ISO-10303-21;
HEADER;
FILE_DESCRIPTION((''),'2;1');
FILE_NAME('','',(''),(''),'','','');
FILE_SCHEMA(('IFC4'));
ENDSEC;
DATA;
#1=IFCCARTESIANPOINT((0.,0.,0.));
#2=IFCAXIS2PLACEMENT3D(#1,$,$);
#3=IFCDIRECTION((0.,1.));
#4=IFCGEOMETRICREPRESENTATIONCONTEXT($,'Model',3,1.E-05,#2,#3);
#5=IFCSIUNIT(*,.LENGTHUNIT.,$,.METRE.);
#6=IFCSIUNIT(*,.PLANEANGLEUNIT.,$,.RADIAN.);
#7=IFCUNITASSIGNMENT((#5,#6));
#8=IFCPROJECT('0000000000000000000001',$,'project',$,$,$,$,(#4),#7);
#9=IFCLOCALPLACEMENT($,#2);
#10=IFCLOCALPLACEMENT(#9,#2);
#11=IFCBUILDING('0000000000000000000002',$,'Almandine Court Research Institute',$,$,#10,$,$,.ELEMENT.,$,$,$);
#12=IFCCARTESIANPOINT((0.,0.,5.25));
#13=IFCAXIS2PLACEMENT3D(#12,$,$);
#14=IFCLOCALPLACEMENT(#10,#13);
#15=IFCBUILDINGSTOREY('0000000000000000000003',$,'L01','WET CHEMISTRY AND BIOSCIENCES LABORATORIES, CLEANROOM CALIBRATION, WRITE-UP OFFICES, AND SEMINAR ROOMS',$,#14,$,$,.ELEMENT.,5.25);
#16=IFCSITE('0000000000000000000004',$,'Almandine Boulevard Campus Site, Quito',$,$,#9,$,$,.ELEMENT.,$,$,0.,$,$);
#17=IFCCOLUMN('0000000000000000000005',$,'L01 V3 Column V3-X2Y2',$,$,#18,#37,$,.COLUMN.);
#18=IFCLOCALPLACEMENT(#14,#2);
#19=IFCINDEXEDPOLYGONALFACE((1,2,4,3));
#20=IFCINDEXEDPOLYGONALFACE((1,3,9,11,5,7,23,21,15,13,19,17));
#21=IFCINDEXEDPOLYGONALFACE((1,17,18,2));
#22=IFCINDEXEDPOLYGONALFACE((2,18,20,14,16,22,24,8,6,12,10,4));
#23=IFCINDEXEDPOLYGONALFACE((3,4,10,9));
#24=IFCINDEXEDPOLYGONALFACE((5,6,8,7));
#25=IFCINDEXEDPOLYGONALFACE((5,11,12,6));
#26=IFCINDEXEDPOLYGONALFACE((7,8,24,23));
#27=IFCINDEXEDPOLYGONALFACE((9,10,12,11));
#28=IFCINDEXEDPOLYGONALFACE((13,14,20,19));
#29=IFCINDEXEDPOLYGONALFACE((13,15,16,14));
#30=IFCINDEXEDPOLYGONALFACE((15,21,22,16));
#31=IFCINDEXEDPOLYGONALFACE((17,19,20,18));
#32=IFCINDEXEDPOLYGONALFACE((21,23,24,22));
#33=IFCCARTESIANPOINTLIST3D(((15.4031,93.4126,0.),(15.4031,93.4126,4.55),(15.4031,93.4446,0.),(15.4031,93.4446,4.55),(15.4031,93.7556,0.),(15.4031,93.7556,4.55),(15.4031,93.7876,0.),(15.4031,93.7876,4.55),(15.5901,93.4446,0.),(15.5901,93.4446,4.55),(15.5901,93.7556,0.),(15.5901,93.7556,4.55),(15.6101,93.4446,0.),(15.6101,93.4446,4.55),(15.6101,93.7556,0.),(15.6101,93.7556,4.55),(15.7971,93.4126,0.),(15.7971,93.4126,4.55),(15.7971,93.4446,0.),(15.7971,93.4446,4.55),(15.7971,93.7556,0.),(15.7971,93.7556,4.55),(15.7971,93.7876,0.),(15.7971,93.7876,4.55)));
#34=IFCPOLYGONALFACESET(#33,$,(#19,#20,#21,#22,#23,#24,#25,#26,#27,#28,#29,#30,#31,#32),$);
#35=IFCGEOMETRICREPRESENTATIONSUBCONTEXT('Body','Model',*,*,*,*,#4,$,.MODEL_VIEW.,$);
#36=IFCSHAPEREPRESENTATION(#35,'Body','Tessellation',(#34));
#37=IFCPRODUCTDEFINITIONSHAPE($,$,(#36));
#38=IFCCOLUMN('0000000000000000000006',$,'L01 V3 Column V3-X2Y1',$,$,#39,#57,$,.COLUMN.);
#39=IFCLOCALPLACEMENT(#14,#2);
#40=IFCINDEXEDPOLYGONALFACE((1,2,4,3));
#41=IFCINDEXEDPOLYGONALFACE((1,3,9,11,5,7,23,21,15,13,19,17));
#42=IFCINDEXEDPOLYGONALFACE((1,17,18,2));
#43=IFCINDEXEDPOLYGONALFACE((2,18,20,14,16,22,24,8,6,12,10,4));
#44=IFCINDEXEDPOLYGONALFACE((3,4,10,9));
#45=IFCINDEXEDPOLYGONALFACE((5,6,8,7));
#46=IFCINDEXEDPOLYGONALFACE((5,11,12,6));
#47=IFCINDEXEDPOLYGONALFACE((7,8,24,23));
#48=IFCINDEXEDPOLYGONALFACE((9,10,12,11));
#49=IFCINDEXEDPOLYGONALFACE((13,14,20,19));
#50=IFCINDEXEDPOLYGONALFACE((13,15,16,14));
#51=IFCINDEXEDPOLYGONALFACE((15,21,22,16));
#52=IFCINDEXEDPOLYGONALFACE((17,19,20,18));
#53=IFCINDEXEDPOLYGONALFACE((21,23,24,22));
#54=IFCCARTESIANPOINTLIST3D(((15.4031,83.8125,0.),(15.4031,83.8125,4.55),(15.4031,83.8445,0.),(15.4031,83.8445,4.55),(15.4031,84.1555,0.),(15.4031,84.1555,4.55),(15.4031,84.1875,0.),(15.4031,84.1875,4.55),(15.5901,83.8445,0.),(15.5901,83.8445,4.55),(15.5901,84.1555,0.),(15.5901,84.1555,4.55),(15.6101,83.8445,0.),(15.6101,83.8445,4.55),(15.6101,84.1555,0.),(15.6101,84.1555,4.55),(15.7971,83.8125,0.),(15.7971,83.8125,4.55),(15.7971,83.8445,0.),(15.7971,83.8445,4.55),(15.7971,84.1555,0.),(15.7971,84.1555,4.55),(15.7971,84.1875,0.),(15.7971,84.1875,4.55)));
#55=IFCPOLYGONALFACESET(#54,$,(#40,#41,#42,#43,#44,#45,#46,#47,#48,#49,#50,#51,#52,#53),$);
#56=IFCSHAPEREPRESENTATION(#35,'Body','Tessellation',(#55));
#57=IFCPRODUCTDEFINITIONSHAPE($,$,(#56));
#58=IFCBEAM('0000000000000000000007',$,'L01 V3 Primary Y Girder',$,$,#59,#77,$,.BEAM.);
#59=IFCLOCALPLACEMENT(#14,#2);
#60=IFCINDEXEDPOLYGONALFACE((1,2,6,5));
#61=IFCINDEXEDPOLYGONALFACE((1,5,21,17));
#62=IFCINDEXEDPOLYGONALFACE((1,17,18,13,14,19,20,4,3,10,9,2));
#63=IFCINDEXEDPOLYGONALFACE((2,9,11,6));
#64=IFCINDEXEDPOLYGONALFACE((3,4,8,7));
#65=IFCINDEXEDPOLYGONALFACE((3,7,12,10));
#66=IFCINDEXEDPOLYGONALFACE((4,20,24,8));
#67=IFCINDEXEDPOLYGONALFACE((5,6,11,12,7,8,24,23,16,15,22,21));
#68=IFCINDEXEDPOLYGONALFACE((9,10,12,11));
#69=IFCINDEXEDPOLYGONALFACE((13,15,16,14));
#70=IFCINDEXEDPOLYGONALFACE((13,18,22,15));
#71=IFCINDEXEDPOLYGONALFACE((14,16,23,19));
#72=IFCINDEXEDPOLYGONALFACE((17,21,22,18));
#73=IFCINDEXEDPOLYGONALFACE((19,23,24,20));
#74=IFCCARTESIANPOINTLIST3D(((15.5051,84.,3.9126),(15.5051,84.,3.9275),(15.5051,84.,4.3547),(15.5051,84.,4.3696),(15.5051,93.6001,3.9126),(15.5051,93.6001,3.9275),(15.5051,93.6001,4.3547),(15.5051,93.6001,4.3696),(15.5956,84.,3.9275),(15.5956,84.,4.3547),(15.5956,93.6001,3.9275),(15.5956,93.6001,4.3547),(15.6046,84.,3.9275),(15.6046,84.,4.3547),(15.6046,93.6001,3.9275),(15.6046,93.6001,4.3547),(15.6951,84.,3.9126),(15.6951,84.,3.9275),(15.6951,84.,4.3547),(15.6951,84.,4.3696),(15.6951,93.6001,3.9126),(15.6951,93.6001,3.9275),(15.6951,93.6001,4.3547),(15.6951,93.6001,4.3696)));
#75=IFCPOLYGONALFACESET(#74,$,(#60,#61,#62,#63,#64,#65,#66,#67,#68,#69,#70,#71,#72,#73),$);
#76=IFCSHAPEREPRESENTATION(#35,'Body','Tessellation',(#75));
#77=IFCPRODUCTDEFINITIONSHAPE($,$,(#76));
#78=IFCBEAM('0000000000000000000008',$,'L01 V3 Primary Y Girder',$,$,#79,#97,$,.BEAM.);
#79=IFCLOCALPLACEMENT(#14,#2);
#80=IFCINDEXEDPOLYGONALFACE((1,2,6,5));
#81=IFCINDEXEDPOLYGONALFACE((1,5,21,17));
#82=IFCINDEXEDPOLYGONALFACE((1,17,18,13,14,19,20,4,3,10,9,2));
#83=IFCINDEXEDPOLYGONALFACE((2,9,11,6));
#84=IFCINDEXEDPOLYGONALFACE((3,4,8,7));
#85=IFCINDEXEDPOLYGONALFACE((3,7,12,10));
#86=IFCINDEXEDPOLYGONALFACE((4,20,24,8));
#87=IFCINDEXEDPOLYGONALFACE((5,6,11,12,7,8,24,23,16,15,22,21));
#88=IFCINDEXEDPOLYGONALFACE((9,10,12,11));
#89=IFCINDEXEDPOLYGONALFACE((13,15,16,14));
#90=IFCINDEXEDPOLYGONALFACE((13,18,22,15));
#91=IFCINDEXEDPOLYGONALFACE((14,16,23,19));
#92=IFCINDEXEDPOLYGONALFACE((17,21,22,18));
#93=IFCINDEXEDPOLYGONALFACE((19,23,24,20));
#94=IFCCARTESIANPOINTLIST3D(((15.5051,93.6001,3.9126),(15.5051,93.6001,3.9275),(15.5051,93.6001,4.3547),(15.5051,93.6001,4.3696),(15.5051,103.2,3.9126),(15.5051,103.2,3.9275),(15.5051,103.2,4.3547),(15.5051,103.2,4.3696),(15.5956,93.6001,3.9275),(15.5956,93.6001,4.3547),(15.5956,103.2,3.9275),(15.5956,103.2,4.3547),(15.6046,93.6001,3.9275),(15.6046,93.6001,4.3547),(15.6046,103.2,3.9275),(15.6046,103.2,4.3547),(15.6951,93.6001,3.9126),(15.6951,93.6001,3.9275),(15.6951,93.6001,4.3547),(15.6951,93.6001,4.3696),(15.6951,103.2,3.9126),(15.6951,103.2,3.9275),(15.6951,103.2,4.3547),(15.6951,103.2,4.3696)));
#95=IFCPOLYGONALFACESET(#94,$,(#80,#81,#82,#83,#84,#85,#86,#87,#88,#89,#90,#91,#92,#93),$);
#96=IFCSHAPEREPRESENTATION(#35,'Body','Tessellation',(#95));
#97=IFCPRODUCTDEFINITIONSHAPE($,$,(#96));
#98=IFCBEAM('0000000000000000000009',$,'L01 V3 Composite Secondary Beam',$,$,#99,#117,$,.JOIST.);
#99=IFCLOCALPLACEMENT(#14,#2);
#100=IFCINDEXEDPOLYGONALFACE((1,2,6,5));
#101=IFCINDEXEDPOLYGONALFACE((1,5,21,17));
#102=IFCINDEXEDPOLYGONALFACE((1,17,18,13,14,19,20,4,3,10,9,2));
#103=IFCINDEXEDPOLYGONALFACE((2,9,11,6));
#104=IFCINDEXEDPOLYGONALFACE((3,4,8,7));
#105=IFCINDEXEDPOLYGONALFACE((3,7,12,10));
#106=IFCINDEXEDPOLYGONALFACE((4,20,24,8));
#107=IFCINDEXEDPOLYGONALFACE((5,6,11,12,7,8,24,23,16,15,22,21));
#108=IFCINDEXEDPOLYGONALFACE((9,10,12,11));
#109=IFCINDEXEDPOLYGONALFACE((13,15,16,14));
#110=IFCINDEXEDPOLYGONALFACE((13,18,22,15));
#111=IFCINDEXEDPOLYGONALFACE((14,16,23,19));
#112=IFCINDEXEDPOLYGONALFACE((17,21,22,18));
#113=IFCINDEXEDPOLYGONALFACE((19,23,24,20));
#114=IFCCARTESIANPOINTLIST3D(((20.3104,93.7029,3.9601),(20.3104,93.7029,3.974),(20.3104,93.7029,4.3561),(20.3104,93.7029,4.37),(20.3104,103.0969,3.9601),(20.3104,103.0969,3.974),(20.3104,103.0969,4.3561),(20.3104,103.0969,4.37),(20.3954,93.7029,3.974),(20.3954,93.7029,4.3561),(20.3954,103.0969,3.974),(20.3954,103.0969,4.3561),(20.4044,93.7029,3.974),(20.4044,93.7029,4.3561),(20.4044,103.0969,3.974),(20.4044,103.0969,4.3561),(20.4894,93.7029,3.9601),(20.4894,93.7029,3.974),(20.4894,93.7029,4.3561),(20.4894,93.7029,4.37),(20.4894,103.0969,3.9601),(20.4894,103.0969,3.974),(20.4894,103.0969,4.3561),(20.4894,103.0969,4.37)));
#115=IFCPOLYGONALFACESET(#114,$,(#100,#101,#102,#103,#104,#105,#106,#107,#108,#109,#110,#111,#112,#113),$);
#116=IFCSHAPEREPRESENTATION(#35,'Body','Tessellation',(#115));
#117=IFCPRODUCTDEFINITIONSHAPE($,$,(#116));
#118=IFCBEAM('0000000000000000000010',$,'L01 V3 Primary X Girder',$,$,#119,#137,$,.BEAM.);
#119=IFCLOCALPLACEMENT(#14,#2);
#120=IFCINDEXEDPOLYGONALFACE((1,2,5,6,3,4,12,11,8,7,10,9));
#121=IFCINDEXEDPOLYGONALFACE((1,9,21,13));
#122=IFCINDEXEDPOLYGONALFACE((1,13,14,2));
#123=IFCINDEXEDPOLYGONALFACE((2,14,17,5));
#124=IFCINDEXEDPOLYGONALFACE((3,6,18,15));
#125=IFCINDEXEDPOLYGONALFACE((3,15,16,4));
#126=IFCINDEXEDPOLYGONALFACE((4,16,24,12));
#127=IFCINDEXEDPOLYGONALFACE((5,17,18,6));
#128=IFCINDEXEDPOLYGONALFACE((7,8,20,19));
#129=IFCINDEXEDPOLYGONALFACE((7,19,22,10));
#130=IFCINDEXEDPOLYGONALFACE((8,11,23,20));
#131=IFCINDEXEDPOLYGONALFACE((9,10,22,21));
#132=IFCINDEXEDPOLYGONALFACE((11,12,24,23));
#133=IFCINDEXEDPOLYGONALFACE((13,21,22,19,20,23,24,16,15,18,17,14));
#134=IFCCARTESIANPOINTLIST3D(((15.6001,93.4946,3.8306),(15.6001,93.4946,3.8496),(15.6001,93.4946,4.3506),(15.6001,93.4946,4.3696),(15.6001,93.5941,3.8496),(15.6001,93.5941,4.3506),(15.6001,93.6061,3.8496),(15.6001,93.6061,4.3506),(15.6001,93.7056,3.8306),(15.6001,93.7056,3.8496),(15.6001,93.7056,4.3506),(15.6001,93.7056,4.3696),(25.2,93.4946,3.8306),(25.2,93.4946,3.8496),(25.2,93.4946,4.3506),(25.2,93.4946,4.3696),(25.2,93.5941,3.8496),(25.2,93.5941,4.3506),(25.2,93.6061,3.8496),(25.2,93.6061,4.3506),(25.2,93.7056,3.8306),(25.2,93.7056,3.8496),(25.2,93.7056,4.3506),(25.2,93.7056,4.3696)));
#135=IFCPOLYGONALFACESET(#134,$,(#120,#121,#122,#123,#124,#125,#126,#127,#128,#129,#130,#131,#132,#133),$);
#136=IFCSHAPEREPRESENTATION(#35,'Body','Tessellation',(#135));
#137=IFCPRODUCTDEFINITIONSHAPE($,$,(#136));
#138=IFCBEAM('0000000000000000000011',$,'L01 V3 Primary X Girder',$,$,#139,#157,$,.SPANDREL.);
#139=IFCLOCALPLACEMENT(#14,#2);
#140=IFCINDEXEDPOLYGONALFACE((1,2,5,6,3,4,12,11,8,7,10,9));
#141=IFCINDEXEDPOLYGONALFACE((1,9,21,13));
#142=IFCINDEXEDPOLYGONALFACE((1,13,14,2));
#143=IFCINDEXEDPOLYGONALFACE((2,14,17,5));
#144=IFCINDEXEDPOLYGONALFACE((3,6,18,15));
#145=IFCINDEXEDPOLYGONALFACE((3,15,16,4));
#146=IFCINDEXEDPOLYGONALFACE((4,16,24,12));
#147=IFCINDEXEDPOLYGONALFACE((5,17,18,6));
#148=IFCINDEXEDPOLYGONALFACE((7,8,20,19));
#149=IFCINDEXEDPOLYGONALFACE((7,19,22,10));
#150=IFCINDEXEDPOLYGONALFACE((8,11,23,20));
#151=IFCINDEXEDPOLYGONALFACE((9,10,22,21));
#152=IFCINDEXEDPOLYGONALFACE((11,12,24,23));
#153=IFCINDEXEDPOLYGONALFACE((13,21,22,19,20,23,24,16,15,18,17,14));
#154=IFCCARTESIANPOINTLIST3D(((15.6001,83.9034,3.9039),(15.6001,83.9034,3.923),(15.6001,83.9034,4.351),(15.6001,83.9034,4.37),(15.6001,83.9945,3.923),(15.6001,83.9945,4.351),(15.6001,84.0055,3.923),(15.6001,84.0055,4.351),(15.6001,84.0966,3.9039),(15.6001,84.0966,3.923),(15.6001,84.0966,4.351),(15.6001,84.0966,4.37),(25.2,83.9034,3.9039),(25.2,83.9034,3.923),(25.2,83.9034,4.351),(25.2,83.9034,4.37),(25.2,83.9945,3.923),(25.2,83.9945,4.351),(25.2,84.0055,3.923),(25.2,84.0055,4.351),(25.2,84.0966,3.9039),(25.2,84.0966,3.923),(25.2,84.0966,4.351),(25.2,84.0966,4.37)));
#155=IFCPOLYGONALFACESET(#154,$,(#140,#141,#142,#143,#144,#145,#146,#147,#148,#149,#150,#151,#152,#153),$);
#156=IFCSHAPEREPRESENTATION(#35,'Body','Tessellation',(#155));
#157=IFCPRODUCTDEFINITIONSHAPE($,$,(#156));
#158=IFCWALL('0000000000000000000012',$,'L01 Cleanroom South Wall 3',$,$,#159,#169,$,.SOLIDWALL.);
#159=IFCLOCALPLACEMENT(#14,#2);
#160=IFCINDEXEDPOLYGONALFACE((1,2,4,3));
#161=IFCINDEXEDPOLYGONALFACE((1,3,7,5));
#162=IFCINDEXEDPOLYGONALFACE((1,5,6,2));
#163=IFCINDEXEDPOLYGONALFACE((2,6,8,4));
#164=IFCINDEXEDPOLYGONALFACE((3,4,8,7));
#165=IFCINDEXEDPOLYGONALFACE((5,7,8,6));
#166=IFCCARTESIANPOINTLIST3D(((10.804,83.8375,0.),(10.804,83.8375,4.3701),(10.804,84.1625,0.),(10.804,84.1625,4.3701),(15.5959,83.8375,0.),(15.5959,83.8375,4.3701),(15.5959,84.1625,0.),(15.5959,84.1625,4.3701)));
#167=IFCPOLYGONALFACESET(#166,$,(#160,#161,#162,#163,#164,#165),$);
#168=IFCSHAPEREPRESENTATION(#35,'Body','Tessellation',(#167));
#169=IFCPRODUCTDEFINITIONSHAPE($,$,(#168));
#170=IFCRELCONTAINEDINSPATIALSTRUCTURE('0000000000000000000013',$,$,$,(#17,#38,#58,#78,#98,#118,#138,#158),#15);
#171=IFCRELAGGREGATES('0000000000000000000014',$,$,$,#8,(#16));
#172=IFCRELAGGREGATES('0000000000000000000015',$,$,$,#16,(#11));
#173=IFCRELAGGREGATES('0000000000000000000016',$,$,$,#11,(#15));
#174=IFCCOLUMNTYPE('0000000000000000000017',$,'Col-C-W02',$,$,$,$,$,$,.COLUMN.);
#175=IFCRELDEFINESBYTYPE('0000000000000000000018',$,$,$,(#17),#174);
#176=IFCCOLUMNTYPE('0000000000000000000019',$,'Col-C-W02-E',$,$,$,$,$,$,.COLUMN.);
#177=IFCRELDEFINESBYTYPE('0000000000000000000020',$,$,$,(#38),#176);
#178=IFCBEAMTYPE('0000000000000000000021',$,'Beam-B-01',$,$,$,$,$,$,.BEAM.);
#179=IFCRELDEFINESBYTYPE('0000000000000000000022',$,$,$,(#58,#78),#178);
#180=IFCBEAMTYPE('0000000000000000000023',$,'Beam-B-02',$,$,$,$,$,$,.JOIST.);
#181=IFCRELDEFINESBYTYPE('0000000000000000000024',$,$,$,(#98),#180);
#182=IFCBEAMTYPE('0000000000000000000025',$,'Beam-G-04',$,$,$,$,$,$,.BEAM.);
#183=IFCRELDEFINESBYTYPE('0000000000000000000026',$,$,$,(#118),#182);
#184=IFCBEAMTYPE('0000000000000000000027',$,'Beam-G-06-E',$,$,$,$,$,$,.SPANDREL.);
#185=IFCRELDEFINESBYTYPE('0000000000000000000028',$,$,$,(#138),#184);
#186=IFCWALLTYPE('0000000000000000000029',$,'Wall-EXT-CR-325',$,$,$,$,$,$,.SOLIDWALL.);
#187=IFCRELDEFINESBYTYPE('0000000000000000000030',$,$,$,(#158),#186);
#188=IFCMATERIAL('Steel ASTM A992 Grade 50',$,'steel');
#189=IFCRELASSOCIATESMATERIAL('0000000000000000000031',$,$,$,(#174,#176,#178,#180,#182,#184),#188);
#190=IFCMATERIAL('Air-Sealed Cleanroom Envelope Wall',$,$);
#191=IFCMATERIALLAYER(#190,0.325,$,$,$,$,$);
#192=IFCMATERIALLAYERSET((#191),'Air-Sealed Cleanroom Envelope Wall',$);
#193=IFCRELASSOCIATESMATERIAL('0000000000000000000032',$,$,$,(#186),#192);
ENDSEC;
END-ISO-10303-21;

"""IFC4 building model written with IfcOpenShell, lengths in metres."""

from ifc_helpers import new_model, si_unit, direction, frame, frame_2d, origin, origin_2d, place, context, subcontext, project, spatial, rectangle, i_section, extrude, material, layer, layer_set, material_profile, profile_set, type_object, element, save


model = new_model("IFC4")

# Units and contexts
model_context = context("Model", 3, precision=1e-05, world=origin(), true_north=direction((0.0, 1.0)))
body_context = subcontext(model_context, "Body", "Model", "MODEL_VIEW")
ifc_project = project(units=[si_unit("LENGTHUNIT", "METRE"), si_unit("PLANEANGLEUNIT", "RADIAN")], contexts=[model_context])

# Site, building, storey
site_placement = place(None, origin())
site = spatial("IfcSite", under=ifc_project, at=site_placement, Name="Almandine Boulevard Campus Site, Quito", CompositionType="ELEMENT", RefElevation=0.0)
building_placement = place(site_placement, origin())
building = spatial("IfcBuilding", under=site, at=building_placement, Name="Almandine Court Research Institute", CompositionType="ELEMENT")
storey_placement = place(building_placement, frame((0.0, 0.0, 5.25)))
storey = spatial("IfcBuildingStorey", under=building, at=storey_placement, Name="L01", Description="WET CHEMISTRY AND BIOSCIENCES LABORATORIES, CLEANROOM CALIBRATION, WRITE-UP OFFICES, AND SEMINAR ROOMS", CompositionType="ELEMENT", Elevation=5.25)

# Columns
ifc_material_1 = material(Name="Steel ASTM A992 Grade 50", Category="steel")
ifc_material_profile_1 = material_profile(ifc_material_1, i_section(OverallWidth=0.394, OverallDepth=0.375, WebThickness=0.02, FlangeThickness=0.032, at=origin_2d()), Name="W360x216")
ifc_profile_set_1 = profile_set([ifc_material_profile_1], Name="Steel ASTM A992 Grade 50")
column_type_1 = type_object("IfcColumnType", Name="Col-C-W02", PredefinedType="COLUMN", material=ifc_profile_set_1)
column_1_placement = place(storey_placement, frame((15.6001, 93.6001, 0.0), z_axis=(0.0, 0.0, 1.0), x_axis=(1.0, 0.0, 0.0)))
element("IfcColumn", 1, at=column_1_placement, inside=storey, type_object=column_type_1, Name="L01 V3 Column V3-X2Y2", PredefinedType="COLUMN", context=body_context, shape_type="SweptSolid", body=[
    extrude(i_section(OverallWidth=0.394, OverallDepth=0.375, WebThickness=0.02, FlangeThickness=0.032, at=origin_2d()), origin(), (0.0, 0.0, 1.0), 4.55),
])
ifc_material_profile_2 = material_profile(ifc_material_1, i_section(OverallWidth=0.394, OverallDepth=0.375, WebThickness=0.02, FlangeThickness=0.032, at=origin_2d()), Name="W360x216")
ifc_profile_set_2 = profile_set([ifc_material_profile_2], Name="Steel ASTM A992 Grade 50")
column_type_2 = type_object("IfcColumnType", Name="Col-C-W02-E", PredefinedType="COLUMN", material=ifc_profile_set_2)
column_2_placement = place(storey_placement, frame((15.6001, 84.0, 0.0), z_axis=(0.0, 0.0, 1.0), x_axis=(1.0, 0.0, 0.0)))
element("IfcColumn", 2, at=column_2_placement, inside=storey, type_object=column_type_2, Name="L01 V3 Column V3-X2Y1", PredefinedType="COLUMN", context=body_context, shape_type="SweptSolid", body=[
    extrude(i_section(OverallWidth=0.394, OverallDepth=0.375, WebThickness=0.02, FlangeThickness=0.032, at=origin_2d()), origin(), (0.0, 0.0, 1.0), 4.55),
])

# Beams
ifc_material_profile_3 = material_profile(ifc_material_1, i_section(OverallWidth=0.1899, OverallDepth=0.457, WebThickness=0.009, FlangeThickness=0.0149, at=origin_2d()), Name="W460x74")
ifc_profile_set_3 = profile_set([ifc_material_profile_3], Name="Steel ASTM A992 Grade 50")
beam_type_1 = type_object("IfcBeamType", Name="Beam-B-01", PredefinedType="BEAM", material=ifc_profile_set_3)
beam_1_placement = place(storey_placement, frame((15.6001, 84.0, 4.1411), z_axis=(0.0, 1.0, 0.0), x_axis=(-1.0, 0.0, 0.0)))
element("IfcBeam", 3, at=beam_1_placement, inside=storey, type_object=beam_type_1, Name="L01 V3 Primary Y Girder", PredefinedType="BEAM", context=body_context, shape_type="SweptSolid", body=[
    extrude(i_section(OverallWidth=0.1899, OverallDepth=0.457, WebThickness=0.009, FlangeThickness=0.0149, at=origin_2d()), origin(), (0.0, 0.0, 1.0), 9.6001),
])
beam_2_placement = place(storey_placement, frame((15.6001, 93.6001, 4.1411), z_axis=(0.0, 1.0, 0.0), x_axis=(-1.0, 0.0, 0.0)))
element("IfcBeam", 4, at=beam_2_placement, inside=storey, type_object=beam_type_1, Name="L01 V3 Primary Y Girder", PredefinedType="BEAM", context=body_context, shape_type="SweptSolid", body=[
    extrude(i_section(OverallWidth=0.1899, OverallDepth=0.457, WebThickness=0.009, FlangeThickness=0.0149, at=origin_2d()), origin(), (0.0, 0.0, 1.0), 9.5999),
])
ifc_material_profile_4 = material_profile(ifc_material_1, i_section(OverallWidth=0.179, OverallDepth=0.4099, WebThickness=0.009, FlangeThickness=0.0139, at=origin_2d()), Name="W410x67")
ifc_profile_set_4 = profile_set([ifc_material_profile_4], Name="Steel ASTM A992 Grade 50")
beam_type_2 = type_object("IfcBeamType", Name="Beam-B-02", PredefinedType="JOIST", material=ifc_profile_set_4)
beam_3_placement = place(storey_placement, frame((20.3999, 93.7029, 4.165), z_axis=(0.0, 1.0, 0.0), x_axis=(-1.0, 0.0, 0.0)))
element("IfcBeam", 5, at=beam_3_placement, inside=storey, type_object=beam_type_2, Name="L01 V3 Composite Secondary Beam", PredefinedType="JOIST", context=body_context, shape_type="SweptSolid", body=[
    extrude(i_section(OverallWidth=0.179, OverallDepth=0.4099, WebThickness=0.009, FlangeThickness=0.0139, at=origin_2d()), origin(), (0.0, 0.0, 1.0), 9.394),
])
ifc_material_profile_5 = material_profile(ifc_material_1, i_section(OverallWidth=0.2109, OverallDepth=0.5391, WebThickness=0.012, FlangeThickness=0.019, at=origin_2d()), Name="W530x109")
ifc_profile_set_5 = profile_set([ifc_material_profile_5], Name="Steel ASTM A992 Grade 50")
beam_type_3 = type_object("IfcBeamType", Name="Beam-G-04", PredefinedType="BEAM", material=ifc_profile_set_5)
beam_4_placement = place(storey_placement, frame((15.6001, 93.6001, 4.1001), z_axis=(1.0, 0.0, 0.0), x_axis=(0.0, 1.0, 0.0)))
element("IfcBeam", 6, at=beam_4_placement, inside=storey, type_object=beam_type_3, Name="L01 V3 Primary X Girder", PredefinedType="BEAM", context=body_context, shape_type="SweptSolid", body=[
    extrude(i_section(OverallWidth=0.2109, OverallDepth=0.5391, WebThickness=0.012, FlangeThickness=0.019, at=origin_2d()), origin(), (0.0, 0.0, 1.0), 9.5999),
])
ifc_material_profile_6 = material_profile(ifc_material_1, i_section(OverallWidth=0.1931, OverallDepth=0.4661, WebThickness=0.011, FlangeThickness=0.019, at=origin_2d()), Name="W460x97")
ifc_profile_set_6 = profile_set([ifc_material_profile_6], Name="Steel ASTM A992 Grade 50")
beam_type_4 = type_object("IfcBeamType", Name="Beam-G-06-E", PredefinedType="SPANDREL", material=ifc_profile_set_6)
beam_5_placement = place(storey_placement, frame((15.6001, 84.0, 4.137), z_axis=(1.0, 0.0, 0.0), x_axis=(0.0, 1.0, 0.0)))
element("IfcBeam", 7, at=beam_5_placement, inside=storey, type_object=beam_type_4, Name="L01 V3 Primary X Girder", PredefinedType="SPANDREL", context=body_context, shape_type="SweptSolid", body=[
    extrude(i_section(OverallWidth=0.1931, OverallDepth=0.4661, WebThickness=0.011, FlangeThickness=0.019, at=origin_2d()), origin(), (0.0, 0.0, 1.0), 9.5999),
])

# Wall
ifc_material_2 = material(Name="Air-Sealed Cleanroom Envelope Wall")
ifc_layer_1 = layer(ifc_material_2, 0.325)
ifc_layer_set_1 = layer_set([ifc_layer_1], Name="Air-Sealed Cleanroom Envelope Wall")
wall_type_1 = type_object("IfcWallType", Name="Wall-EXT-CR-325", PredefinedType="SOLIDWALL", material=ifc_layer_set_1)
wall_1_placement = place(storey_placement, frame((15.5959, 84.0, 0.0), z_axis=(0.0, 0.0, 1.0), x_axis=(-1.0, 0.0, 0.0)))
element("IfcWall", 8, at=wall_1_placement, inside=storey, type_object=wall_type_1, Name="L01 Cleanroom South Wall 3", PredefinedType="SOLIDWALL", context=body_context, shape_type="SweptSolid", body=[
    extrude(rectangle(XDim=4.792, YDim=0.325, at=frame_2d((2.396, 0.0))), origin(), (0.0, 0.0, 1.0), 4.3701),
])

save(model, "model.ifc")
